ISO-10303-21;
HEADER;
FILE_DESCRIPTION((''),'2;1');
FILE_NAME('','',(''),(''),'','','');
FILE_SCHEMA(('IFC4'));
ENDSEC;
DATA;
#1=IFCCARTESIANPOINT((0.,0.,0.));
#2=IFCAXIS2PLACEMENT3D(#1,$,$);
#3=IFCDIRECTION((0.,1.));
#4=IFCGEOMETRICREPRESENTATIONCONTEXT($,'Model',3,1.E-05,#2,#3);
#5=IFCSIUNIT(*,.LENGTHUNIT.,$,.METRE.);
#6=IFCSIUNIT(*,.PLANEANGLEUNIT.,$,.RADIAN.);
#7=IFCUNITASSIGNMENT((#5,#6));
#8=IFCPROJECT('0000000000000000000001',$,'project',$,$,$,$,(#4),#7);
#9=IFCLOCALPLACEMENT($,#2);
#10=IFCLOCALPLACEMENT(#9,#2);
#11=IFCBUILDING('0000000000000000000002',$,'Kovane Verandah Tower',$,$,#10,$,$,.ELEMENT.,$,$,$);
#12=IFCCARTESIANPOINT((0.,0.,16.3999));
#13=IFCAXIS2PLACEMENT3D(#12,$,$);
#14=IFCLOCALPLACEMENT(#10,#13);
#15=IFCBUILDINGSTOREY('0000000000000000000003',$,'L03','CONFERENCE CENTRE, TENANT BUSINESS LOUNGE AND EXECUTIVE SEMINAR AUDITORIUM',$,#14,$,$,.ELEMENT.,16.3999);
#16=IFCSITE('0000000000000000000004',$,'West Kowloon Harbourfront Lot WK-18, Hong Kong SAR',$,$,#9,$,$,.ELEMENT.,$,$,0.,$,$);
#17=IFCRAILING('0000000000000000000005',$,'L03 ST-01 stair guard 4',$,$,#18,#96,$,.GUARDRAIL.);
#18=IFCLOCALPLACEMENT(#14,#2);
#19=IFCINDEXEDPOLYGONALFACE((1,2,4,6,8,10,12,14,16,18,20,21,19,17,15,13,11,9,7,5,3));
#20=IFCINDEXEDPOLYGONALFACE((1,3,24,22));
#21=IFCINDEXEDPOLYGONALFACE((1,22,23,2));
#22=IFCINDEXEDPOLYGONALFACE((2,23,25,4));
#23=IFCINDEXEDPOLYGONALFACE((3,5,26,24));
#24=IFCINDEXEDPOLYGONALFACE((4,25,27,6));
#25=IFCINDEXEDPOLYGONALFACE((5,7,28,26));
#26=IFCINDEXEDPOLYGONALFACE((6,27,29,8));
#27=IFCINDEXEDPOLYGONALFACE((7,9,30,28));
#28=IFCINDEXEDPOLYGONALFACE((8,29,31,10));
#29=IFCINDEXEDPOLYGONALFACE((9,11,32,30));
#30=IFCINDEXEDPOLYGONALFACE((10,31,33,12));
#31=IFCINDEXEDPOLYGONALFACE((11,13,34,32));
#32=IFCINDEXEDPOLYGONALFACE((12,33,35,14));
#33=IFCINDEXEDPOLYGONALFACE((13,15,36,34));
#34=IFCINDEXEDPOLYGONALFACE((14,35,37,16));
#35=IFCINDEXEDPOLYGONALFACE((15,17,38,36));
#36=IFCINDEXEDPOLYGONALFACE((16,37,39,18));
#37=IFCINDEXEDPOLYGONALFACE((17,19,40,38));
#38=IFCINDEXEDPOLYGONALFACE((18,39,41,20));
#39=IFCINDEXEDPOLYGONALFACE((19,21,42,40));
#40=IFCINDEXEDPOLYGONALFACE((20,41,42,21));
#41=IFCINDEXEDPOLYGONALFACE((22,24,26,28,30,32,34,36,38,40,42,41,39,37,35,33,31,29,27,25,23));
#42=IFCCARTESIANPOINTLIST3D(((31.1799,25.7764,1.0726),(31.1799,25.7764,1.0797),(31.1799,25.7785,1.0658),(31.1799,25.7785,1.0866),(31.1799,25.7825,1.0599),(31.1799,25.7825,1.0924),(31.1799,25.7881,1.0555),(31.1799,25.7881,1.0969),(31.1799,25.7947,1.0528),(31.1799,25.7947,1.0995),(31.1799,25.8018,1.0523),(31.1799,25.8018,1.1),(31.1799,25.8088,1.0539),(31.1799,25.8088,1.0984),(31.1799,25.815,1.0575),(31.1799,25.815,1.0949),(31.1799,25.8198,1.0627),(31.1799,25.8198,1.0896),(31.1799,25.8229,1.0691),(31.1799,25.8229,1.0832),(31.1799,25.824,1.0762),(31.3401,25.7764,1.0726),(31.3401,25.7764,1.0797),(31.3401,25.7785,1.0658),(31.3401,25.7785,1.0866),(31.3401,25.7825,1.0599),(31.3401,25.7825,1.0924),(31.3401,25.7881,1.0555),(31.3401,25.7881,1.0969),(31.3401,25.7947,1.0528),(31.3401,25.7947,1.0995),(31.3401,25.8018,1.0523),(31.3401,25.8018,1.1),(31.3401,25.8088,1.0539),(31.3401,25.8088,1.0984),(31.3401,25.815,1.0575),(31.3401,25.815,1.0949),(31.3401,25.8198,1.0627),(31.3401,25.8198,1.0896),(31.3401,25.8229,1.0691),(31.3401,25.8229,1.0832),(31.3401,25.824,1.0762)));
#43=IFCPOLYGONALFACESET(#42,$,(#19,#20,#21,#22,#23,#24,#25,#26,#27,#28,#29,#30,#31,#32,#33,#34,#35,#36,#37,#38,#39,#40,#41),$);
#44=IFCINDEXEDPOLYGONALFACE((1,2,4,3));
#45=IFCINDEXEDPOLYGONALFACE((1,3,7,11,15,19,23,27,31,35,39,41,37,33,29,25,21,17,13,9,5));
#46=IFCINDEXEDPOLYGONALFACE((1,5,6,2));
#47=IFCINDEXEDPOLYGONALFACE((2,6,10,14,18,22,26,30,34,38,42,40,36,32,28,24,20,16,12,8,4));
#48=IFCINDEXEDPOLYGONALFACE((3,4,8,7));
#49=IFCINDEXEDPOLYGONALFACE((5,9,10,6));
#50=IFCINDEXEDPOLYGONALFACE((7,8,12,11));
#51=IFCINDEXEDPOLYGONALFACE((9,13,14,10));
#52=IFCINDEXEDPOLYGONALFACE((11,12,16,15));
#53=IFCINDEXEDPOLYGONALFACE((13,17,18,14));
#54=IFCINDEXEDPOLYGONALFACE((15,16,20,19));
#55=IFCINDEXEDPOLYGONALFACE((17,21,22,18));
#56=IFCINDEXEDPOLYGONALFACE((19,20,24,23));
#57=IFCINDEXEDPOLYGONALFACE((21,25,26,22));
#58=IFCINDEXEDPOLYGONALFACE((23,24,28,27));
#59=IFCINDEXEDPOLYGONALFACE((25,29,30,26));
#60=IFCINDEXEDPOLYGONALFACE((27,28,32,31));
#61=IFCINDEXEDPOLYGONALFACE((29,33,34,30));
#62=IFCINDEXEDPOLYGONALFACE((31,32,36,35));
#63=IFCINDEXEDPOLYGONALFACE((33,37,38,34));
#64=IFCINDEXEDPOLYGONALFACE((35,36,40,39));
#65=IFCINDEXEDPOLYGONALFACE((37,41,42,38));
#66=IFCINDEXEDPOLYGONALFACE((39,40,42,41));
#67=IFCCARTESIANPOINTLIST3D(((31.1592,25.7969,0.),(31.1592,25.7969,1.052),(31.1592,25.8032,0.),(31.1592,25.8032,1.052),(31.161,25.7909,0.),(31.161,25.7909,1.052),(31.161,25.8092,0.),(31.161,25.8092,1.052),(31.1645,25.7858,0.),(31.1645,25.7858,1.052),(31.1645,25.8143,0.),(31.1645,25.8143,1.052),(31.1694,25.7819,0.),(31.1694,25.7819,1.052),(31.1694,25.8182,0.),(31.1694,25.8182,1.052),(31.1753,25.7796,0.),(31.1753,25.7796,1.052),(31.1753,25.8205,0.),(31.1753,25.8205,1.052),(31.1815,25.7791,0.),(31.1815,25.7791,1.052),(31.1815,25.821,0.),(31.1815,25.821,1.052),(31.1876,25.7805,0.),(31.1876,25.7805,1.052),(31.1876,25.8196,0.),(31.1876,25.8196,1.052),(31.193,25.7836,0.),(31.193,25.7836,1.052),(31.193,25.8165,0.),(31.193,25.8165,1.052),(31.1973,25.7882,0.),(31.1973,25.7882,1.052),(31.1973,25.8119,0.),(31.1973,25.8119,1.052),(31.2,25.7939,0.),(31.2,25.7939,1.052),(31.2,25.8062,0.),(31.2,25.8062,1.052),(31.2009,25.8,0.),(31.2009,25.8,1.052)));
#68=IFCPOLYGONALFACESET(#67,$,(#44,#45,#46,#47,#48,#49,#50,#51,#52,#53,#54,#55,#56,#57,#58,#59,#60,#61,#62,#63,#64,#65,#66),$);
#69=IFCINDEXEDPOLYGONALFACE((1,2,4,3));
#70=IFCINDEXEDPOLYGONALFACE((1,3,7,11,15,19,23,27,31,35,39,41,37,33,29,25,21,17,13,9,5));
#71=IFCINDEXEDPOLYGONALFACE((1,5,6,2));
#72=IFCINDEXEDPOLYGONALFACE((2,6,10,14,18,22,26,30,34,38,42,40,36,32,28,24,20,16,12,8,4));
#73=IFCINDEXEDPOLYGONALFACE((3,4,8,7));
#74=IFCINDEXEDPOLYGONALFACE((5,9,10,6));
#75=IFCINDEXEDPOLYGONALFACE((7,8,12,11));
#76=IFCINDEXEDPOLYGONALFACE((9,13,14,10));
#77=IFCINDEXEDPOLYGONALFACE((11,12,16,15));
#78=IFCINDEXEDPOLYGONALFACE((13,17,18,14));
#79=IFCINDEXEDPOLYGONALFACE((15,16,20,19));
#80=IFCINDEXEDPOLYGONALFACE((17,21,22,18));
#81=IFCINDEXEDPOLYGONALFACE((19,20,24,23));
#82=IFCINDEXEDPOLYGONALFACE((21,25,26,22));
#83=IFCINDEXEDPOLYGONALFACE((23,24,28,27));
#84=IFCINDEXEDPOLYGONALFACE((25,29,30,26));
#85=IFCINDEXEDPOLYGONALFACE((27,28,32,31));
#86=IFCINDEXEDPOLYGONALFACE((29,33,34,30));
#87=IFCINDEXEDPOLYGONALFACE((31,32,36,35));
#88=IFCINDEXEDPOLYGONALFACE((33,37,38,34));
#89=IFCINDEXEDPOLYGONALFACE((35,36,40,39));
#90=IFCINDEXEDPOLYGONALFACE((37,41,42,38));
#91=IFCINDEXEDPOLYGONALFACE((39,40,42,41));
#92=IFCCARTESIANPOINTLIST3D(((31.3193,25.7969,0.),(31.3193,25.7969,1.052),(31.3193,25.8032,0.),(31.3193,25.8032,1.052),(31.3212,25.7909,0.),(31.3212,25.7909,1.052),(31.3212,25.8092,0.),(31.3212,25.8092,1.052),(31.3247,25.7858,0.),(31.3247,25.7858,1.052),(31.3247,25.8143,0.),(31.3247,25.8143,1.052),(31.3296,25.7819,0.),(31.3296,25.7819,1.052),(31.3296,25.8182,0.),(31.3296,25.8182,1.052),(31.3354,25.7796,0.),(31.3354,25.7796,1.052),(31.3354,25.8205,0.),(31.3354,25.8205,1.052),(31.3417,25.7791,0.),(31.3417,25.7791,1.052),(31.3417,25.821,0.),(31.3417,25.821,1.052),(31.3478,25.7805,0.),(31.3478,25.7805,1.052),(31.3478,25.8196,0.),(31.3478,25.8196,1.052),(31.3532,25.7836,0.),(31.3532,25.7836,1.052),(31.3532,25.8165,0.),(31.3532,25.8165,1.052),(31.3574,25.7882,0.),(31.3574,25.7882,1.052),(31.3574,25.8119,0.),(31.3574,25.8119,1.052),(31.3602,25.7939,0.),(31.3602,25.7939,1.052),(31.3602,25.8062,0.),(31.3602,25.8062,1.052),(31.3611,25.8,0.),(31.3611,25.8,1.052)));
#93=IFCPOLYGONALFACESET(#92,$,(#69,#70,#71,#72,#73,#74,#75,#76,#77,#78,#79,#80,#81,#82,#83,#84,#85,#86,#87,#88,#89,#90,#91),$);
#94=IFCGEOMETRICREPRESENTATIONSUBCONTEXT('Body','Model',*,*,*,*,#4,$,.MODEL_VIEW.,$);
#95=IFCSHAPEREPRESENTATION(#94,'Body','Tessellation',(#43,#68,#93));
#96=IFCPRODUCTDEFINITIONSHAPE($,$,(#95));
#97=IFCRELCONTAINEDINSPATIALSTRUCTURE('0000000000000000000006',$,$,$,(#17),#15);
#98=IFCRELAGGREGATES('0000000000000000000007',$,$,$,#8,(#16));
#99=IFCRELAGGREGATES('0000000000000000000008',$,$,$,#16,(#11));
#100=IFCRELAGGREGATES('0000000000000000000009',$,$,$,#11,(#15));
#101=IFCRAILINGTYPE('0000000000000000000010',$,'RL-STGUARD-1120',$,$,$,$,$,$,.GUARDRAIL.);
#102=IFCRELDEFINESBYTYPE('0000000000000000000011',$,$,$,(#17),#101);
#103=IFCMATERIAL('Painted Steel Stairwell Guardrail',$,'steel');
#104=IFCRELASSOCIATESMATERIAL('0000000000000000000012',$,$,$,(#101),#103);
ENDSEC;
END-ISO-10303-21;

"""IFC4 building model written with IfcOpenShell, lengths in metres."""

from ifc_helpers import new_model, si_unit, direction, frame, origin, origin_2d, place, context, subcontext, project, spatial, circle, extrude, material, type_object, element, save


model = new_model("IFC4")

# Units and contexts
model_context = context("Model", 3, precision=1e-05, world=origin(), true_north=direction((0.0, 1.0)))
body_context = subcontext(model_context, "Body", "Model", "MODEL_VIEW")
ifc_project = project(units=[si_unit("LENGTHUNIT", "METRE"), si_unit("PLANEANGLEUNIT", "RADIAN")], contexts=[model_context])

# Site, building, storey
site_placement = place(None, origin())
site = spatial("IfcSite", under=ifc_project, at=site_placement, Name="West Kowloon Harbourfront Lot WK-18, Hong Kong SAR", CompositionType="ELEMENT", RefElevation=0.0)
building_placement = place(site_placement, origin())
building = spatial("IfcBuilding", under=site, at=building_placement, Name="Kovane Verandah Tower", CompositionType="ELEMENT")
storey_placement = place(building_placement, frame((0.0, 0.0, 16.3999)))
storey = spatial("IfcBuildingStorey", under=building, at=storey_placement, Name="L03", Description="CONFERENCE CENTRE, TENANT BUSINESS LOUNGE AND EXECUTIVE SEMINAR AUDITORIUM", CompositionType="ELEMENT", Elevation=16.3999)

# Railing
ifc_material_1 = material(Name="Painted Steel Stairwell Guardrail", Category="steel")
railing_type_1 = type_object("IfcRailingType", Name="RL-STGUARD-1120", PredefinedType="GUARDRAIL", material=ifc_material_1)
railing_1_placement = place(storey_placement, frame((31.1799, 25.8, 0.0)))
element("IfcRailing", 1, at=railing_1_placement, inside=storey, type_object=railing_type_1, Name="L03 ST-01 stair guard 4", PredefinedType="GUARDRAIL", context=body_context, shape_type="SweptSolid", body=[
    extrude(circle(Radius=0.0239, at=origin_2d()), frame((0.0, 0.0, 1.0762), z_axis=(1.0, 0.0, 0.0), x_axis=(0.0, 1.0, 0.0)), (0.0, 0.0, 1.0), 0.1602),
    extrude(circle(Radius=0.021, at=origin_2d()), origin(), (0.0, 0.0, 1.0), 1.052),
    extrude(circle(Radius=0.021, at=origin_2d()), frame((0.1602, 0.0, 0.0)), (0.0, 0.0, 1.0), 1.052),
])

save(model, "model.ifc")
